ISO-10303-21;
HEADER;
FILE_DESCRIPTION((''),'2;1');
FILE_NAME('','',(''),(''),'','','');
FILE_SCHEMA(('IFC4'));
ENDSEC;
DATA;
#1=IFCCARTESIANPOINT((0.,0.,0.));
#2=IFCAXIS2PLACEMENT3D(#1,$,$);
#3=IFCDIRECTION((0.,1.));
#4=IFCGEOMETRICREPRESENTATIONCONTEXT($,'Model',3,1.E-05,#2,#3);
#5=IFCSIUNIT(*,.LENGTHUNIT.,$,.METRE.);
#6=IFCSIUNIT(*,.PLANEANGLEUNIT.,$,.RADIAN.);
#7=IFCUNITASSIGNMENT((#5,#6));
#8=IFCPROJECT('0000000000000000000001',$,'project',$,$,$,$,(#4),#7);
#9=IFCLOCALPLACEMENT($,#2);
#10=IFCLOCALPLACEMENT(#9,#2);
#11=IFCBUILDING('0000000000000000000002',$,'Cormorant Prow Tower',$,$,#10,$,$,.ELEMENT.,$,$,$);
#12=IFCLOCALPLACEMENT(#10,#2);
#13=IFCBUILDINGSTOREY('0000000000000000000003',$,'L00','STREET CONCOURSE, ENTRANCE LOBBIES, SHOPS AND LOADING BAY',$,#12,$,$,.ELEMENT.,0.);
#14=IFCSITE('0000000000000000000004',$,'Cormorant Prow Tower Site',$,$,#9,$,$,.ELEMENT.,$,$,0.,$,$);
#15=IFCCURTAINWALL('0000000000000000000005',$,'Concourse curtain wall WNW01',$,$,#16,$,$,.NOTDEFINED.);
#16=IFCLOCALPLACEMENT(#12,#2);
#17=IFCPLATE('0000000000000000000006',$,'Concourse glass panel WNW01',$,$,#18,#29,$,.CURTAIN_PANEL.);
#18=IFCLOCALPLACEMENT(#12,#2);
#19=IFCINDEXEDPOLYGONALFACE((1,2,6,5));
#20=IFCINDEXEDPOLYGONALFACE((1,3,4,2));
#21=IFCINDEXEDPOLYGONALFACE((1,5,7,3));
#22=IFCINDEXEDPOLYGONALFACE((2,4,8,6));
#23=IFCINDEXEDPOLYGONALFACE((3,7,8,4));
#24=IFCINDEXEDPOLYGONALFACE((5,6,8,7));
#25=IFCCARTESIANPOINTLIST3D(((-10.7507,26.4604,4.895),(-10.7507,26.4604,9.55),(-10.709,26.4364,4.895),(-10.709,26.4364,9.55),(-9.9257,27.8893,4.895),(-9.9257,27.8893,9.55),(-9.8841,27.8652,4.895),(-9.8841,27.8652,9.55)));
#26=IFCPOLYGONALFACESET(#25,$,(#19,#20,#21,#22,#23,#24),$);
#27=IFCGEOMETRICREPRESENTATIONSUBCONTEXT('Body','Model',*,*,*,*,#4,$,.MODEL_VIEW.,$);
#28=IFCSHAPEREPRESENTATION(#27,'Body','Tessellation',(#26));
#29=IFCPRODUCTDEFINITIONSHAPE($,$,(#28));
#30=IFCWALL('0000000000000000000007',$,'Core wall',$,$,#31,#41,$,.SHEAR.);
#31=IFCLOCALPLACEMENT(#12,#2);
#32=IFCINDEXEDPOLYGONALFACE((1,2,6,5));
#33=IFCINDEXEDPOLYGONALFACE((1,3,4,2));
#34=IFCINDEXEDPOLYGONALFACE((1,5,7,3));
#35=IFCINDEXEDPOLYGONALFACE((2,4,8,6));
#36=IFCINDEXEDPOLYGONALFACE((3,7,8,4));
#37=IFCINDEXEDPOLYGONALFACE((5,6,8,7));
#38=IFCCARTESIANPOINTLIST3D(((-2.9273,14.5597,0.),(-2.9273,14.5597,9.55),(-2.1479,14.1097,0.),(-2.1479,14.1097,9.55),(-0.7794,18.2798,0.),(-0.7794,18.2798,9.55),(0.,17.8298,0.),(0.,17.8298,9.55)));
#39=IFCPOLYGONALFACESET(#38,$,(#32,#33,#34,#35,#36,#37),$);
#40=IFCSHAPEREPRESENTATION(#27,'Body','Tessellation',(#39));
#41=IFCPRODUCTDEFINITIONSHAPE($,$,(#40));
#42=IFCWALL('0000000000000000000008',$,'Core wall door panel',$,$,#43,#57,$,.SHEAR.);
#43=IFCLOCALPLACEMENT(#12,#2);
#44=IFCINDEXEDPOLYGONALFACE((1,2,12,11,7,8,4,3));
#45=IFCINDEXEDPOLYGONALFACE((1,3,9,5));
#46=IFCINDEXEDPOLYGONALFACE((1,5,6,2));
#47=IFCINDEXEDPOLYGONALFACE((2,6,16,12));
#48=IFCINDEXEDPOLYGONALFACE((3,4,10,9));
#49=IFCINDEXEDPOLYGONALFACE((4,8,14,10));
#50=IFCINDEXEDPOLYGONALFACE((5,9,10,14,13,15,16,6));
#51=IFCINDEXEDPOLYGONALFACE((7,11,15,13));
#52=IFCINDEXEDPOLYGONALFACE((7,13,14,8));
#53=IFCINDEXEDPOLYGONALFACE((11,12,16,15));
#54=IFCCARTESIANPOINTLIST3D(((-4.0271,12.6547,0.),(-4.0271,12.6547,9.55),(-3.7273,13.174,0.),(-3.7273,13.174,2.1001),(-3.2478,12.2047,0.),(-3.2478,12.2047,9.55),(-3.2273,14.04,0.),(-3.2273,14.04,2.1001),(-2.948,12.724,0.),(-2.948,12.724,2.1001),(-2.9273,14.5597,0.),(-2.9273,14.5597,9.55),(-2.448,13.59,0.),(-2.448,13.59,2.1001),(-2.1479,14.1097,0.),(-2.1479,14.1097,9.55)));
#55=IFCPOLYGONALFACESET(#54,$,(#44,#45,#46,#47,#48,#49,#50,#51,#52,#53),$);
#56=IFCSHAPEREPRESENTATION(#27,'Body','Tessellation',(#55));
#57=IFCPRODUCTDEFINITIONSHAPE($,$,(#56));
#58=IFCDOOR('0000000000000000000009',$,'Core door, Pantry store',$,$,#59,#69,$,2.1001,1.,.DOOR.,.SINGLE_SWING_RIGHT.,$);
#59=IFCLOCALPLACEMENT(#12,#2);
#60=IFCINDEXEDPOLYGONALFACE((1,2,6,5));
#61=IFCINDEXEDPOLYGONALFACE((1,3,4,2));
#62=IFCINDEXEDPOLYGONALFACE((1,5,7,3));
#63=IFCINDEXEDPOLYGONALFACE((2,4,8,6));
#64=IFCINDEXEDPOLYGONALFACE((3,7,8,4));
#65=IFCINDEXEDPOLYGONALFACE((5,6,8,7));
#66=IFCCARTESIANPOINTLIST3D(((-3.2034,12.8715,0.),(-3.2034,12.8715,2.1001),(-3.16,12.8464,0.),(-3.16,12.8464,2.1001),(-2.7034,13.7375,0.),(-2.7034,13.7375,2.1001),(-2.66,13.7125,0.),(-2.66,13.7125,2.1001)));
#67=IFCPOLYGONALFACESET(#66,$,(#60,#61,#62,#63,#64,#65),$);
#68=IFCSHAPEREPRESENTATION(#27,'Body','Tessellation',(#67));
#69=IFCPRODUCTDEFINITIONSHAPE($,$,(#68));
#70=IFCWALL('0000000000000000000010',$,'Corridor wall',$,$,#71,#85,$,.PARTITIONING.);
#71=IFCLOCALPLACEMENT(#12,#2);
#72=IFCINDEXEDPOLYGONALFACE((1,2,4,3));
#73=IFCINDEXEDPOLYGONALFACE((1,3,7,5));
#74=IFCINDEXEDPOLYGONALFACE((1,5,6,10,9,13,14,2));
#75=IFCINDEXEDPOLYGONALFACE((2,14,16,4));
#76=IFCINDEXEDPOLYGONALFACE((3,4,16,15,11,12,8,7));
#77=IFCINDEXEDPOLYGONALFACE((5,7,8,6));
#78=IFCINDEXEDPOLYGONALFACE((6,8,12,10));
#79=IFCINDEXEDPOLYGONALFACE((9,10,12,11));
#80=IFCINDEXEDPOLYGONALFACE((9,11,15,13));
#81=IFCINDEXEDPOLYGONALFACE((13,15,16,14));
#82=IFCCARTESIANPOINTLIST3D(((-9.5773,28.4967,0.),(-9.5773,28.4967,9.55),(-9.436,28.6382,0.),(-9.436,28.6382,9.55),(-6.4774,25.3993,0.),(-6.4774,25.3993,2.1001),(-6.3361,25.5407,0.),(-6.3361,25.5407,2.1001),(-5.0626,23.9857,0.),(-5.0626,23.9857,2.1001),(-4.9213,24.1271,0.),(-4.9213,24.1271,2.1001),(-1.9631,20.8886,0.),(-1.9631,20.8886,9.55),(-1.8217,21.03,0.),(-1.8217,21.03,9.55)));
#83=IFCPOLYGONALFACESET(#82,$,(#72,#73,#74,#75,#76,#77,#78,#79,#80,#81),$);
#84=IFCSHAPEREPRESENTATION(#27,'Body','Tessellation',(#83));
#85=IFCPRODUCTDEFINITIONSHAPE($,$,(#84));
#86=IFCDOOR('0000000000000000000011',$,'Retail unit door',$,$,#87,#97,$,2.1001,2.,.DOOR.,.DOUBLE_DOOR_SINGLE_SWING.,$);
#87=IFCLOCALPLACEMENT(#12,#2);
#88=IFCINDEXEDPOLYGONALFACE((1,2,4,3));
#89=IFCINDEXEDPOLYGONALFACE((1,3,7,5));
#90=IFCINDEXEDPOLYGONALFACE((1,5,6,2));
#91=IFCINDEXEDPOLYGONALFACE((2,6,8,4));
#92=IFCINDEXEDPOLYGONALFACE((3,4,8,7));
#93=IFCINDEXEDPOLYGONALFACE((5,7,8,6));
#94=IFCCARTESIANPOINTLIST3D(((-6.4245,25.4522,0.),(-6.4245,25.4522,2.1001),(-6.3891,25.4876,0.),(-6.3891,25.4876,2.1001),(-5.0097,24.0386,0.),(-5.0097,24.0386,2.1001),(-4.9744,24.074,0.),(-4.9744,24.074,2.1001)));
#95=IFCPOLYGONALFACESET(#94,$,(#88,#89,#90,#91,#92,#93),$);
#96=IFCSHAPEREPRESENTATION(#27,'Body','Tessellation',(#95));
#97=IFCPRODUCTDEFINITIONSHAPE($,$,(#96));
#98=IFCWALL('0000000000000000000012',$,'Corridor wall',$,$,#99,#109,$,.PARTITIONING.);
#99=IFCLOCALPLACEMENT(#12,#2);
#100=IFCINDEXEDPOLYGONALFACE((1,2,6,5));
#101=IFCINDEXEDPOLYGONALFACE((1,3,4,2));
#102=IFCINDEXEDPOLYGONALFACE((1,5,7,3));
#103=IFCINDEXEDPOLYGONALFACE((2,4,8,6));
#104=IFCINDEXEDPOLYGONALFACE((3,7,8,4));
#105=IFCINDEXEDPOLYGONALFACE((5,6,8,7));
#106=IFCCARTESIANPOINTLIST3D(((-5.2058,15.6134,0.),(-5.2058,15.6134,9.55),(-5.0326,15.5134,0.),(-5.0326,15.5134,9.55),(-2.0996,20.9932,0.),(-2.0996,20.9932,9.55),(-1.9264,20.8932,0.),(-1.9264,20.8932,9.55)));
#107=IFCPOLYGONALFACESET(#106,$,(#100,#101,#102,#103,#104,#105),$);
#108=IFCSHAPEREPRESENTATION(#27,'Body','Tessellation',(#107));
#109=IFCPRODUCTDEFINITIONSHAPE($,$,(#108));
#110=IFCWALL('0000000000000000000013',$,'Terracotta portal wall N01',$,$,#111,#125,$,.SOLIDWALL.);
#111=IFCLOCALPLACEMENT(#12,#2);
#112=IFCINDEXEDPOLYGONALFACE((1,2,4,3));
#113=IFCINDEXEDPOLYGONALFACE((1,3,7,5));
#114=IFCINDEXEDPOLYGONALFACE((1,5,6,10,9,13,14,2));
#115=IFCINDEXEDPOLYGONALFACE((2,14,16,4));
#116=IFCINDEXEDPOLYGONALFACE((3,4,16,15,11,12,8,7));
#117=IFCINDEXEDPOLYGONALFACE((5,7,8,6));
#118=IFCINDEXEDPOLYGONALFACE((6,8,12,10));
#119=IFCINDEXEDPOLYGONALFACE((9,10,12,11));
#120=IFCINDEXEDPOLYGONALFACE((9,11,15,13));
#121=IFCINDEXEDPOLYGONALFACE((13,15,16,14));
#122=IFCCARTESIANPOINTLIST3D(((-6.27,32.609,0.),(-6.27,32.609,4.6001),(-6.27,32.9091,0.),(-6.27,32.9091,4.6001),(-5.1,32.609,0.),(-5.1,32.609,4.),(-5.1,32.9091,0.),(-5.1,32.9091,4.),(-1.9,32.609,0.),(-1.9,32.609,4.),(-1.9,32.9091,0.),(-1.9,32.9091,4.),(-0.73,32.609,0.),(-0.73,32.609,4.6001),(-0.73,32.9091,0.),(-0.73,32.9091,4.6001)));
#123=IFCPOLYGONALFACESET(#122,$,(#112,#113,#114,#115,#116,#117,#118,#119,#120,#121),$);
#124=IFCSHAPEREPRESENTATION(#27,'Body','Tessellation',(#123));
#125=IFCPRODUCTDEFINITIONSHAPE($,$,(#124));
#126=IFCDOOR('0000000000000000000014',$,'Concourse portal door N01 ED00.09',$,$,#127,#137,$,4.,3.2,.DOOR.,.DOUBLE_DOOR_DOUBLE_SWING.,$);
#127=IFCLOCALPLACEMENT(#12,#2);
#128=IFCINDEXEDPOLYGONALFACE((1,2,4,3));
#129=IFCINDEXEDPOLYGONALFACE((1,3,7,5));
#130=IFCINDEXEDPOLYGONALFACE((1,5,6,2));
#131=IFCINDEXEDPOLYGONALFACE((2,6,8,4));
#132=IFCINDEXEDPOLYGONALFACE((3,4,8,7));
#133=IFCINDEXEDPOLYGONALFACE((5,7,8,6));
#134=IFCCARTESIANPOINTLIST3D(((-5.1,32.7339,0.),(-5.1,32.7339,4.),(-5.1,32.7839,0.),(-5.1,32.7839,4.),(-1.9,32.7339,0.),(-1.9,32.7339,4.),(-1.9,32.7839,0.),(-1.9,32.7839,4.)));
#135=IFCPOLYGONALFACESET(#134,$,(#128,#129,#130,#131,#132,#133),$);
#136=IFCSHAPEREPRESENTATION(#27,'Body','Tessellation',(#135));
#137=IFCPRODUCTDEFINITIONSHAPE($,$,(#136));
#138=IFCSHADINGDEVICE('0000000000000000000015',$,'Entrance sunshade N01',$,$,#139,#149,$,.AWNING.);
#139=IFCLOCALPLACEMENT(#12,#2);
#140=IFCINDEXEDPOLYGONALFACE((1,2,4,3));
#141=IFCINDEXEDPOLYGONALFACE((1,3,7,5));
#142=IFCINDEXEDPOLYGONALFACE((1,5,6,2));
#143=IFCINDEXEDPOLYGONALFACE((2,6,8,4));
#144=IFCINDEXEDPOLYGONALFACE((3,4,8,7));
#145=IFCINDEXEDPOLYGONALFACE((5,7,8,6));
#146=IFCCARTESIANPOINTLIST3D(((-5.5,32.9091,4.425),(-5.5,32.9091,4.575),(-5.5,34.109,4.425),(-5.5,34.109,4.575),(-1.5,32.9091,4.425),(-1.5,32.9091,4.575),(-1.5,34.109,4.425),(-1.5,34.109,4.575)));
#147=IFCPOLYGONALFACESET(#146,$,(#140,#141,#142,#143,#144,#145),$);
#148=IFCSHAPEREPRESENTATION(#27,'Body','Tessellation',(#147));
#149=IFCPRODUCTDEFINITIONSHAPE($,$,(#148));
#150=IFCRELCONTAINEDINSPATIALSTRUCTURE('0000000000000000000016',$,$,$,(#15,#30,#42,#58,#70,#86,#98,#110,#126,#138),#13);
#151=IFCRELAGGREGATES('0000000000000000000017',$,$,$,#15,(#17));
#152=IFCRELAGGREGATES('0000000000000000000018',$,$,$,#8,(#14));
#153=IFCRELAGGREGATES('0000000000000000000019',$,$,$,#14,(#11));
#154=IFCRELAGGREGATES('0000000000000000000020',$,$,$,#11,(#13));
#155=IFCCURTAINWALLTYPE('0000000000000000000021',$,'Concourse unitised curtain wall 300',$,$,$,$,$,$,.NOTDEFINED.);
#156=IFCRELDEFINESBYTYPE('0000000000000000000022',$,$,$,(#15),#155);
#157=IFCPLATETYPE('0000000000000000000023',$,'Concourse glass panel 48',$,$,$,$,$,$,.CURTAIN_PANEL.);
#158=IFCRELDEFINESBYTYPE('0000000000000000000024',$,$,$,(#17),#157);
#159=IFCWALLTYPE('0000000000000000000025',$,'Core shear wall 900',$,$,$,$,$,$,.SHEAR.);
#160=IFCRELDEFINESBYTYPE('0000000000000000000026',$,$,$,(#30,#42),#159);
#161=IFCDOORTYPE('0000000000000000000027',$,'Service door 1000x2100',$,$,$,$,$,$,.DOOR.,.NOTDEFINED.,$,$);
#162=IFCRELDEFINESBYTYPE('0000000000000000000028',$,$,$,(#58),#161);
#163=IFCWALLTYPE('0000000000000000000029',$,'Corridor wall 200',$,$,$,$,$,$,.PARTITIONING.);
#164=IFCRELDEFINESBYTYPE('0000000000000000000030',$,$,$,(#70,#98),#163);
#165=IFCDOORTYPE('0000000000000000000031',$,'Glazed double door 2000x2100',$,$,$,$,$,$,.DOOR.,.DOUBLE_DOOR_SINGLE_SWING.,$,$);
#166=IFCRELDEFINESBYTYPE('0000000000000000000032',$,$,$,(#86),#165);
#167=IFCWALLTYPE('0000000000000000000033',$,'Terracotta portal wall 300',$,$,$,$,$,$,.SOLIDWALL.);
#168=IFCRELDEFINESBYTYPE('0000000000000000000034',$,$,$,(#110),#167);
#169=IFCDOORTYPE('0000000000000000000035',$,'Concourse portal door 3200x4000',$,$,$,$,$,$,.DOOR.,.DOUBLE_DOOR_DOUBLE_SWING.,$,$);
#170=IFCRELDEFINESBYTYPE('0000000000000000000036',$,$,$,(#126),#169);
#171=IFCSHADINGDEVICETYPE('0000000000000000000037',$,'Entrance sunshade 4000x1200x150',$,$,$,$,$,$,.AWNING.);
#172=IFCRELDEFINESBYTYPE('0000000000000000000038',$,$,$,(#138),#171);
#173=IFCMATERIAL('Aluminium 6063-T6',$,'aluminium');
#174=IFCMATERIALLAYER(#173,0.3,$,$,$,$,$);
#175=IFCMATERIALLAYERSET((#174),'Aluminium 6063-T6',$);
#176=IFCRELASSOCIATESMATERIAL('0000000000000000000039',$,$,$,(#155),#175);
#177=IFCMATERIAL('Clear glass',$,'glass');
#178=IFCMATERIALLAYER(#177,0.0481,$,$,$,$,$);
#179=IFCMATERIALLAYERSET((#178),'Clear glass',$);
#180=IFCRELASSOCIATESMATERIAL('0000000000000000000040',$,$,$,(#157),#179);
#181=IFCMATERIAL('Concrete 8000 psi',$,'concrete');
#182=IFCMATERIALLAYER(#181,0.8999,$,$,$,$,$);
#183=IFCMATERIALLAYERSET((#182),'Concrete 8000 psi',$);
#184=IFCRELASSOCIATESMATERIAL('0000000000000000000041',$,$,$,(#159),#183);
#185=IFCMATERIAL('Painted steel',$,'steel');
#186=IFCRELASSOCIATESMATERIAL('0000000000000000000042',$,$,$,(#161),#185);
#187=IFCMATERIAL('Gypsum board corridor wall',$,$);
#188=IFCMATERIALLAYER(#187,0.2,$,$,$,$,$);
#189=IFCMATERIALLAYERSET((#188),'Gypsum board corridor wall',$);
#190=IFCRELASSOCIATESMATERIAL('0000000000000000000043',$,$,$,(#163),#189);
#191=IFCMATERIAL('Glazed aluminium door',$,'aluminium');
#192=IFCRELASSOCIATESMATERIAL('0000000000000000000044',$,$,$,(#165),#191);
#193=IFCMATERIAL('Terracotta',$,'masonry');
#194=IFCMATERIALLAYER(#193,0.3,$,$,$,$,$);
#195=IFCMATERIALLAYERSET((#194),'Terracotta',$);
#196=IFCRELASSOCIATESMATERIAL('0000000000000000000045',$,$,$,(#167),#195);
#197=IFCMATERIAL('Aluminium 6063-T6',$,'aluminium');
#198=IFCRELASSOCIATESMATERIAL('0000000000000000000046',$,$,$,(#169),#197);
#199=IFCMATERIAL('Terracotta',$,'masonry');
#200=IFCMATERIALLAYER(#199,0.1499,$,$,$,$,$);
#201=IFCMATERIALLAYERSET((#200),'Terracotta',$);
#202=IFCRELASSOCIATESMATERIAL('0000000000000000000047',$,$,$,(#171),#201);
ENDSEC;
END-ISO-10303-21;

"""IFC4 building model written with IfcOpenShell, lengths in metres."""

from ifc_helpers import new_model, si_unit, direction, frame, frame_2d, origin, origin_2d, place, context, subcontext, project, spatial, rectangle, extrude, material, layer, layer_set, type_object, element, fill, aggregate, save


model = new_model("IFC4")

# Units and contexts
model_context = context("Model", 3, precision=1e-05, world=origin(), true_north=direction((0.0, 1.0)))
body_context = subcontext(model_context, "Body", "Model", "MODEL_VIEW")
ifc_project = project(units=[si_unit("LENGTHUNIT", "METRE"), si_unit("PLANEANGLEUNIT", "RADIAN")], contexts=[model_context])

# Site, building, storey
site_placement = place(None, origin())
site = spatial("IfcSite", under=ifc_project, at=site_placement, Name="Cormorant Prow Tower Site", CompositionType="ELEMENT", RefElevation=0.0)
building_placement = place(site_placement, origin())
building = spatial("IfcBuilding", under=site, at=building_placement, Name="Cormorant Prow Tower", CompositionType="ELEMENT")
storey_placement = place(building_placement, origin())
storey = spatial("IfcBuildingStorey", under=building, at=storey_placement, Name="L00", Description="STREET CONCOURSE, ENTRANCE LOBBIES, SHOPS AND LOADING BAY", CompositionType="ELEMENT", Elevation=0.0)

# Curtain wall
ifc_material_1 = material(Name="Aluminium 6063-T6", Category="aluminium")
ifc_layer_1 = layer(ifc_material_1, 0.3)
ifc_layer_set_1 = layer_set([ifc_layer_1], Name="Aluminium 6063-T6")
curtain_wall_type = type_object("IfcCurtainWallType", Name="Concourse unitised curtain wall 300", PredefinedType="NOTDEFINED", material=ifc_layer_set_1)
curtain_wall_1_placement = place(storey_placement, origin())
curtain_wall_1 = element("IfcCurtainWall", 1, at=curtain_wall_1_placement, inside=storey, type_object=curtain_wall_type, Name="Concourse curtain wall WNW01", PredefinedType="NOTDEFINED")

# Plate
ifc_material_2 = material(Name="Clear glass", Category="glass")
ifc_layer_2 = layer(ifc_material_2, 0.0481)
ifc_layer_set_2 = layer_set([ifc_layer_2], Name="Clear glass")
plate_type = type_object("IfcPlateType", Name="Concourse glass panel 48", PredefinedType="CURTAIN_PANEL", material=ifc_layer_set_2)
plate_1_placement = place(storey_placement, frame((-10.3174, 27.1628, 4.895), z_axis=(0.0, 0.0, 1.0), x_axis=(-0.5, -0.866025, 0.0)))
plate_1 = element("IfcPlate", 2, at=plate_1_placement, type_object=plate_type, Name="Concourse glass panel WNW01", PredefinedType="CURTAIN_PANEL", context=body_context, shape_type="SweptSolid", body=[
    extrude(rectangle(XDim=1.6499, YDim=0.0481, at=origin_2d()), origin(), (0.0, 0.0, 1.0), 4.655),
])
aggregate(curtain_wall_1, [plate_1])

# Wall
ifc_material_3 = material(Name="Concrete 8000 psi", Category="concrete")
ifc_layer_3 = layer(ifc_material_3, 0.8999)
ifc_layer_set_3 = layer_set([ifc_layer_3], Name="Concrete 8000 psi")
wall_type_1 = type_object("IfcWallType", Name="Core shear wall 900", PredefinedType="SHEAR", material=ifc_layer_set_3)
wall_1_placement = place(storey_placement, frame((-0.3896, 18.0549, 0.0), z_axis=(0.0, 0.0, 1.0), x_axis=(-0.500014, -0.866017, 0.0)))
element("IfcWall", 3, at=wall_1_placement, inside=storey, type_object=wall_type_1, Name="Core wall", PredefinedType="SHEAR", context=body_context, shape_type="SweptSolid", body=[
    extrude(rectangle(XDim=4.2957, YDim=0.8999, at=frame_2d((2.1479, 0.0))), origin(), (0.0, 0.0, 1.0), 9.55),
])

# Walls, openings, doors
wall_2_placement = place(storey_placement, frame((-2.5376, 14.3347, 0.0), z_axis=(0.0, 0.0, 1.0), x_axis=(-0.499995, -0.866028, 0.0)))
wall_2 = element("IfcWall", 4, at=wall_2_placement, inside=storey, type_object=wall_type_1, Name="Core wall door panel", PredefinedType="SHEAR", context=body_context, shape_type="SweptSolid", body=[
    extrude(rectangle(XDim=2.1997, YDim=0.8999, at=frame_2d((1.0999, 0.0))), origin(), (0.0, 0.0, 1.0), 9.55),
])
opening_1_placement = place(wall_2_placement, frame((0.6001, 0.0, 0.0)))
opening_1 = element("IfcOpeningElement", 5, at=opening_1_placement, cuts=wall_2, PredefinedType="OPENING", context=body_context, shape_type="SweptSolid", body=[
    extrude(rectangle(XDim=1.0, YDim=2.1001, at=frame_2d((0.5, 1.05))), frame((0.0, 0.46, 0.0), z_axis=(0.0, -1.0, 0.0), x_axis=(1.0, 0.0, 0.0)), (0.0, 0.0, 1.0), 0.9199),
])
ifc_material_4 = material(Name="Painted steel", Category="steel")
door_type_1 = type_object("IfcDoorType", Name="Service door 1000x2100", OperationType="NOTDEFINED", PredefinedType="DOOR", material=ifc_material_4)
door_1_placement = place(opening_1_placement, origin())
door_1 = element("IfcDoor", 6, at=door_1_placement, inside=storey, type_object=door_type_1, Name="Core door, Pantry store", OperationType="SINGLE_SWING_RIGHT", OverallHeight=2.1001, OverallWidth=1.0, PredefinedType="DOOR", context=body_context, shape_type="SweptSolid", body=[
    extrude(rectangle(XDim=1.0, YDim=2.1001, at=frame_2d((0.5, 1.05))), frame((0.0, 0.2051, 0.0), z_axis=(0.0, -1.0, 0.0), x_axis=(1.0, 0.0, 0.0)), (0.0, 0.0, 1.0), 0.05),
])
fill(opening_1, door_1)
ifc_material_5 = material(Name="Gypsum board corridor wall")
ifc_layer_4 = layer(ifc_material_5, 0.2)
ifc_layer_set_4 = layer_set([ifc_layer_4], Name="Gypsum board corridor wall")
wall_type_2 = type_object("IfcWallType", Name="Corridor wall 200", PredefinedType="PARTITIONING", material=ifc_layer_set_4)
wall_3_placement = place(storey_placement, frame((-9.5066, 28.5674, 0.0), z_axis=(0.0, 0.0, 1.0), x_axis=(0.70739, -0.706823, 0.0)))
wall_3 = element("IfcWall", 7, at=wall_3_placement, inside=storey, type_object=wall_type_2, Name="Corridor wall", PredefinedType="PARTITIONING", context=body_context, shape_type="SweptSolid", body=[
    extrude(rectangle(XDim=10.7639, YDim=0.2, at=frame_2d((5.3818, 0.0))), origin(), (0.0, 0.0, 1.0), 9.55),
])
opening_2_placement = place(wall_3_placement, frame((4.3821, 0.0, 0.0)))
opening_2 = element("IfcOpeningElement", 8, at=opening_2_placement, cuts=wall_3, PredefinedType="OPENING", context=body_context, shape_type="SweptSolid", body=[
    extrude(rectangle(XDim=2.0, YDim=2.1001, at=frame_2d((1.0, 1.05))), frame((0.0, 0.1099, 0.0), z_axis=(0.0, -1.0, 0.0), x_axis=(1.0, 0.0, 0.0)), (0.0, 0.0, 1.0), 0.22),
])
ifc_material_6 = material(Name="Glazed aluminium door", Category="aluminium")
door_type_2 = type_object("IfcDoorType", Name="Glazed double door 2000x2100", OperationType="DOUBLE_DOOR_SINGLE_SWING", PredefinedType="DOOR", material=ifc_material_6)
door_2_placement = place(opening_2_placement, origin())
door_2 = element("IfcDoor", 9, at=door_2_placement, inside=storey, type_object=door_type_2, Name="Retail unit door", OperationType="DOUBLE_DOOR_SINGLE_SWING", OverallHeight=2.1001, OverallWidth=2.0, PredefinedType="DOOR", context=body_context, shape_type="SweptSolid", body=[
    extrude(rectangle(XDim=2.0, YDim=2.1001, at=frame_2d((1.0, 1.05))), frame((0.0, 0.0249, 0.0), z_axis=(0.0, -1.0, 0.0), x_axis=(1.0, 0.0, 0.0)), (0.0, 0.0, 1.0), 0.05),
])
fill(opening_2, door_2)

# Wall
wall_4_placement = place(storey_placement, frame((-5.1191, 15.5635, 0.0), z_axis=(0.0, 0.0, 1.0), x_axis=(0.500015, 0.866017, 0.0)))
element("IfcWall", 10, at=wall_4_placement, inside=storey, type_object=wall_type_2, Name="Corridor wall", PredefinedType="PARTITIONING", context=body_context, shape_type="SweptSolid", body=[
    extrude(rectangle(XDim=6.2122, YDim=0.2, at=frame_2d((3.106, 0.0))), origin(), (0.0, 0.0, 1.0), 9.55),
])

# Wall, opening, door
ifc_material_7 = material(Name="Terracotta", Category="masonry")
ifc_layer_5 = layer(ifc_material_7, 0.3)
ifc_layer_set_5 = layer_set([ifc_layer_5], Name="Terracotta")
wall_type_3 = type_object("IfcWallType", Name="Terracotta portal wall 300", PredefinedType="SOLIDWALL", material=ifc_layer_set_5)
wall_5_placement = place(storey_placement, frame((-6.27, 32.759, 0.0), z_axis=(0.0, 0.0, 1.0), x_axis=(1.0, 0.0, 0.0)))
wall_5 = element("IfcWall", 11, at=wall_5_placement, inside=storey, type_object=wall_type_3, Name="Terracotta portal wall N01", PredefinedType="SOLIDWALL", context=body_context, shape_type="SweptSolid", body=[
    extrude(rectangle(XDim=5.54, YDim=0.3, at=frame_2d((2.77, 0.0))), origin(), (0.0, 0.0, 1.0), 4.6001),
])
opening_3_placement = place(wall_5_placement, frame((1.1699, 0.0, 0.0)))
opening_3 = element("IfcOpeningElement", 12, at=opening_3_placement, cuts=wall_5, PredefinedType="OPENING", context=body_context, shape_type="SweptSolid", body=[
    extrude(rectangle(XDim=3.2, YDim=4.0, at=frame_2d((1.6001, 2.0))), frame((0.0, 0.1599, 0.0), z_axis=(0.0, -1.0, 0.0), x_axis=(1.0, 0.0, 0.0)), (0.0, 0.0, 1.0), 0.3201),
])
ifc_material_8 = material(Name="Aluminium 6063-T6", Category="aluminium")
door_type_3 = type_object("IfcDoorType", Name="Concourse portal door 3200x4000", OperationType="DOUBLE_DOOR_DOUBLE_SWING", PredefinedType="DOOR", material=ifc_material_8)
door_3_placement = place(opening_3_placement, origin())
door_3 = element("IfcDoor", 13, at=door_3_placement, inside=storey, type_object=door_type_3, Name="Concourse portal door N01 ED00.09", OperationType="DOUBLE_DOOR_DOUBLE_SWING", OverallHeight=4.0, OverallWidth=3.2, PredefinedType="DOOR", context=body_context, shape_type="SweptSolid", body=[
    extrude(rectangle(XDim=3.2, YDim=4.0, at=frame_2d((1.6001, 2.0))), frame((0.0, 0.0249, 0.0), z_axis=(0.0, -1.0, 0.0), x_axis=(1.0, 0.0, 0.0)), (0.0, 0.0, 1.0), 0.05),
])
fill(opening_3, door_3)

# Shading device
ifc_material_9 = material(Name="Terracotta", Category="masonry")
ifc_layer_6 = layer(ifc_material_9, 0.1499)
ifc_layer_set_6 = layer_set([ifc_layer_6], Name="Terracotta")
shading_device_type = type_object("IfcShadingDeviceType", Name="Entrance sunshade 4000x1200x150", PredefinedType="AWNING", material=ifc_layer_set_6)
shading_device_placement = place(storey_placement, frame((-3.5, 33.509, 4.425), z_axis=(0.0, 0.0, 1.0), x_axis=(-1.0, 0.0, 0.0)))
element("IfcShadingDevice", 14, at=shading_device_placement, inside=storey, type_object=shading_device_type, Name="Entrance sunshade N01", PredefinedType="AWNING", context=body_context, shape_type="SweptSolid", body=[
    extrude(rectangle(XDim=4.0, YDim=1.2, at=origin_2d()), origin(), (0.0, 0.0, 1.0), 0.1499),
])

save(model, "model.ifc")
